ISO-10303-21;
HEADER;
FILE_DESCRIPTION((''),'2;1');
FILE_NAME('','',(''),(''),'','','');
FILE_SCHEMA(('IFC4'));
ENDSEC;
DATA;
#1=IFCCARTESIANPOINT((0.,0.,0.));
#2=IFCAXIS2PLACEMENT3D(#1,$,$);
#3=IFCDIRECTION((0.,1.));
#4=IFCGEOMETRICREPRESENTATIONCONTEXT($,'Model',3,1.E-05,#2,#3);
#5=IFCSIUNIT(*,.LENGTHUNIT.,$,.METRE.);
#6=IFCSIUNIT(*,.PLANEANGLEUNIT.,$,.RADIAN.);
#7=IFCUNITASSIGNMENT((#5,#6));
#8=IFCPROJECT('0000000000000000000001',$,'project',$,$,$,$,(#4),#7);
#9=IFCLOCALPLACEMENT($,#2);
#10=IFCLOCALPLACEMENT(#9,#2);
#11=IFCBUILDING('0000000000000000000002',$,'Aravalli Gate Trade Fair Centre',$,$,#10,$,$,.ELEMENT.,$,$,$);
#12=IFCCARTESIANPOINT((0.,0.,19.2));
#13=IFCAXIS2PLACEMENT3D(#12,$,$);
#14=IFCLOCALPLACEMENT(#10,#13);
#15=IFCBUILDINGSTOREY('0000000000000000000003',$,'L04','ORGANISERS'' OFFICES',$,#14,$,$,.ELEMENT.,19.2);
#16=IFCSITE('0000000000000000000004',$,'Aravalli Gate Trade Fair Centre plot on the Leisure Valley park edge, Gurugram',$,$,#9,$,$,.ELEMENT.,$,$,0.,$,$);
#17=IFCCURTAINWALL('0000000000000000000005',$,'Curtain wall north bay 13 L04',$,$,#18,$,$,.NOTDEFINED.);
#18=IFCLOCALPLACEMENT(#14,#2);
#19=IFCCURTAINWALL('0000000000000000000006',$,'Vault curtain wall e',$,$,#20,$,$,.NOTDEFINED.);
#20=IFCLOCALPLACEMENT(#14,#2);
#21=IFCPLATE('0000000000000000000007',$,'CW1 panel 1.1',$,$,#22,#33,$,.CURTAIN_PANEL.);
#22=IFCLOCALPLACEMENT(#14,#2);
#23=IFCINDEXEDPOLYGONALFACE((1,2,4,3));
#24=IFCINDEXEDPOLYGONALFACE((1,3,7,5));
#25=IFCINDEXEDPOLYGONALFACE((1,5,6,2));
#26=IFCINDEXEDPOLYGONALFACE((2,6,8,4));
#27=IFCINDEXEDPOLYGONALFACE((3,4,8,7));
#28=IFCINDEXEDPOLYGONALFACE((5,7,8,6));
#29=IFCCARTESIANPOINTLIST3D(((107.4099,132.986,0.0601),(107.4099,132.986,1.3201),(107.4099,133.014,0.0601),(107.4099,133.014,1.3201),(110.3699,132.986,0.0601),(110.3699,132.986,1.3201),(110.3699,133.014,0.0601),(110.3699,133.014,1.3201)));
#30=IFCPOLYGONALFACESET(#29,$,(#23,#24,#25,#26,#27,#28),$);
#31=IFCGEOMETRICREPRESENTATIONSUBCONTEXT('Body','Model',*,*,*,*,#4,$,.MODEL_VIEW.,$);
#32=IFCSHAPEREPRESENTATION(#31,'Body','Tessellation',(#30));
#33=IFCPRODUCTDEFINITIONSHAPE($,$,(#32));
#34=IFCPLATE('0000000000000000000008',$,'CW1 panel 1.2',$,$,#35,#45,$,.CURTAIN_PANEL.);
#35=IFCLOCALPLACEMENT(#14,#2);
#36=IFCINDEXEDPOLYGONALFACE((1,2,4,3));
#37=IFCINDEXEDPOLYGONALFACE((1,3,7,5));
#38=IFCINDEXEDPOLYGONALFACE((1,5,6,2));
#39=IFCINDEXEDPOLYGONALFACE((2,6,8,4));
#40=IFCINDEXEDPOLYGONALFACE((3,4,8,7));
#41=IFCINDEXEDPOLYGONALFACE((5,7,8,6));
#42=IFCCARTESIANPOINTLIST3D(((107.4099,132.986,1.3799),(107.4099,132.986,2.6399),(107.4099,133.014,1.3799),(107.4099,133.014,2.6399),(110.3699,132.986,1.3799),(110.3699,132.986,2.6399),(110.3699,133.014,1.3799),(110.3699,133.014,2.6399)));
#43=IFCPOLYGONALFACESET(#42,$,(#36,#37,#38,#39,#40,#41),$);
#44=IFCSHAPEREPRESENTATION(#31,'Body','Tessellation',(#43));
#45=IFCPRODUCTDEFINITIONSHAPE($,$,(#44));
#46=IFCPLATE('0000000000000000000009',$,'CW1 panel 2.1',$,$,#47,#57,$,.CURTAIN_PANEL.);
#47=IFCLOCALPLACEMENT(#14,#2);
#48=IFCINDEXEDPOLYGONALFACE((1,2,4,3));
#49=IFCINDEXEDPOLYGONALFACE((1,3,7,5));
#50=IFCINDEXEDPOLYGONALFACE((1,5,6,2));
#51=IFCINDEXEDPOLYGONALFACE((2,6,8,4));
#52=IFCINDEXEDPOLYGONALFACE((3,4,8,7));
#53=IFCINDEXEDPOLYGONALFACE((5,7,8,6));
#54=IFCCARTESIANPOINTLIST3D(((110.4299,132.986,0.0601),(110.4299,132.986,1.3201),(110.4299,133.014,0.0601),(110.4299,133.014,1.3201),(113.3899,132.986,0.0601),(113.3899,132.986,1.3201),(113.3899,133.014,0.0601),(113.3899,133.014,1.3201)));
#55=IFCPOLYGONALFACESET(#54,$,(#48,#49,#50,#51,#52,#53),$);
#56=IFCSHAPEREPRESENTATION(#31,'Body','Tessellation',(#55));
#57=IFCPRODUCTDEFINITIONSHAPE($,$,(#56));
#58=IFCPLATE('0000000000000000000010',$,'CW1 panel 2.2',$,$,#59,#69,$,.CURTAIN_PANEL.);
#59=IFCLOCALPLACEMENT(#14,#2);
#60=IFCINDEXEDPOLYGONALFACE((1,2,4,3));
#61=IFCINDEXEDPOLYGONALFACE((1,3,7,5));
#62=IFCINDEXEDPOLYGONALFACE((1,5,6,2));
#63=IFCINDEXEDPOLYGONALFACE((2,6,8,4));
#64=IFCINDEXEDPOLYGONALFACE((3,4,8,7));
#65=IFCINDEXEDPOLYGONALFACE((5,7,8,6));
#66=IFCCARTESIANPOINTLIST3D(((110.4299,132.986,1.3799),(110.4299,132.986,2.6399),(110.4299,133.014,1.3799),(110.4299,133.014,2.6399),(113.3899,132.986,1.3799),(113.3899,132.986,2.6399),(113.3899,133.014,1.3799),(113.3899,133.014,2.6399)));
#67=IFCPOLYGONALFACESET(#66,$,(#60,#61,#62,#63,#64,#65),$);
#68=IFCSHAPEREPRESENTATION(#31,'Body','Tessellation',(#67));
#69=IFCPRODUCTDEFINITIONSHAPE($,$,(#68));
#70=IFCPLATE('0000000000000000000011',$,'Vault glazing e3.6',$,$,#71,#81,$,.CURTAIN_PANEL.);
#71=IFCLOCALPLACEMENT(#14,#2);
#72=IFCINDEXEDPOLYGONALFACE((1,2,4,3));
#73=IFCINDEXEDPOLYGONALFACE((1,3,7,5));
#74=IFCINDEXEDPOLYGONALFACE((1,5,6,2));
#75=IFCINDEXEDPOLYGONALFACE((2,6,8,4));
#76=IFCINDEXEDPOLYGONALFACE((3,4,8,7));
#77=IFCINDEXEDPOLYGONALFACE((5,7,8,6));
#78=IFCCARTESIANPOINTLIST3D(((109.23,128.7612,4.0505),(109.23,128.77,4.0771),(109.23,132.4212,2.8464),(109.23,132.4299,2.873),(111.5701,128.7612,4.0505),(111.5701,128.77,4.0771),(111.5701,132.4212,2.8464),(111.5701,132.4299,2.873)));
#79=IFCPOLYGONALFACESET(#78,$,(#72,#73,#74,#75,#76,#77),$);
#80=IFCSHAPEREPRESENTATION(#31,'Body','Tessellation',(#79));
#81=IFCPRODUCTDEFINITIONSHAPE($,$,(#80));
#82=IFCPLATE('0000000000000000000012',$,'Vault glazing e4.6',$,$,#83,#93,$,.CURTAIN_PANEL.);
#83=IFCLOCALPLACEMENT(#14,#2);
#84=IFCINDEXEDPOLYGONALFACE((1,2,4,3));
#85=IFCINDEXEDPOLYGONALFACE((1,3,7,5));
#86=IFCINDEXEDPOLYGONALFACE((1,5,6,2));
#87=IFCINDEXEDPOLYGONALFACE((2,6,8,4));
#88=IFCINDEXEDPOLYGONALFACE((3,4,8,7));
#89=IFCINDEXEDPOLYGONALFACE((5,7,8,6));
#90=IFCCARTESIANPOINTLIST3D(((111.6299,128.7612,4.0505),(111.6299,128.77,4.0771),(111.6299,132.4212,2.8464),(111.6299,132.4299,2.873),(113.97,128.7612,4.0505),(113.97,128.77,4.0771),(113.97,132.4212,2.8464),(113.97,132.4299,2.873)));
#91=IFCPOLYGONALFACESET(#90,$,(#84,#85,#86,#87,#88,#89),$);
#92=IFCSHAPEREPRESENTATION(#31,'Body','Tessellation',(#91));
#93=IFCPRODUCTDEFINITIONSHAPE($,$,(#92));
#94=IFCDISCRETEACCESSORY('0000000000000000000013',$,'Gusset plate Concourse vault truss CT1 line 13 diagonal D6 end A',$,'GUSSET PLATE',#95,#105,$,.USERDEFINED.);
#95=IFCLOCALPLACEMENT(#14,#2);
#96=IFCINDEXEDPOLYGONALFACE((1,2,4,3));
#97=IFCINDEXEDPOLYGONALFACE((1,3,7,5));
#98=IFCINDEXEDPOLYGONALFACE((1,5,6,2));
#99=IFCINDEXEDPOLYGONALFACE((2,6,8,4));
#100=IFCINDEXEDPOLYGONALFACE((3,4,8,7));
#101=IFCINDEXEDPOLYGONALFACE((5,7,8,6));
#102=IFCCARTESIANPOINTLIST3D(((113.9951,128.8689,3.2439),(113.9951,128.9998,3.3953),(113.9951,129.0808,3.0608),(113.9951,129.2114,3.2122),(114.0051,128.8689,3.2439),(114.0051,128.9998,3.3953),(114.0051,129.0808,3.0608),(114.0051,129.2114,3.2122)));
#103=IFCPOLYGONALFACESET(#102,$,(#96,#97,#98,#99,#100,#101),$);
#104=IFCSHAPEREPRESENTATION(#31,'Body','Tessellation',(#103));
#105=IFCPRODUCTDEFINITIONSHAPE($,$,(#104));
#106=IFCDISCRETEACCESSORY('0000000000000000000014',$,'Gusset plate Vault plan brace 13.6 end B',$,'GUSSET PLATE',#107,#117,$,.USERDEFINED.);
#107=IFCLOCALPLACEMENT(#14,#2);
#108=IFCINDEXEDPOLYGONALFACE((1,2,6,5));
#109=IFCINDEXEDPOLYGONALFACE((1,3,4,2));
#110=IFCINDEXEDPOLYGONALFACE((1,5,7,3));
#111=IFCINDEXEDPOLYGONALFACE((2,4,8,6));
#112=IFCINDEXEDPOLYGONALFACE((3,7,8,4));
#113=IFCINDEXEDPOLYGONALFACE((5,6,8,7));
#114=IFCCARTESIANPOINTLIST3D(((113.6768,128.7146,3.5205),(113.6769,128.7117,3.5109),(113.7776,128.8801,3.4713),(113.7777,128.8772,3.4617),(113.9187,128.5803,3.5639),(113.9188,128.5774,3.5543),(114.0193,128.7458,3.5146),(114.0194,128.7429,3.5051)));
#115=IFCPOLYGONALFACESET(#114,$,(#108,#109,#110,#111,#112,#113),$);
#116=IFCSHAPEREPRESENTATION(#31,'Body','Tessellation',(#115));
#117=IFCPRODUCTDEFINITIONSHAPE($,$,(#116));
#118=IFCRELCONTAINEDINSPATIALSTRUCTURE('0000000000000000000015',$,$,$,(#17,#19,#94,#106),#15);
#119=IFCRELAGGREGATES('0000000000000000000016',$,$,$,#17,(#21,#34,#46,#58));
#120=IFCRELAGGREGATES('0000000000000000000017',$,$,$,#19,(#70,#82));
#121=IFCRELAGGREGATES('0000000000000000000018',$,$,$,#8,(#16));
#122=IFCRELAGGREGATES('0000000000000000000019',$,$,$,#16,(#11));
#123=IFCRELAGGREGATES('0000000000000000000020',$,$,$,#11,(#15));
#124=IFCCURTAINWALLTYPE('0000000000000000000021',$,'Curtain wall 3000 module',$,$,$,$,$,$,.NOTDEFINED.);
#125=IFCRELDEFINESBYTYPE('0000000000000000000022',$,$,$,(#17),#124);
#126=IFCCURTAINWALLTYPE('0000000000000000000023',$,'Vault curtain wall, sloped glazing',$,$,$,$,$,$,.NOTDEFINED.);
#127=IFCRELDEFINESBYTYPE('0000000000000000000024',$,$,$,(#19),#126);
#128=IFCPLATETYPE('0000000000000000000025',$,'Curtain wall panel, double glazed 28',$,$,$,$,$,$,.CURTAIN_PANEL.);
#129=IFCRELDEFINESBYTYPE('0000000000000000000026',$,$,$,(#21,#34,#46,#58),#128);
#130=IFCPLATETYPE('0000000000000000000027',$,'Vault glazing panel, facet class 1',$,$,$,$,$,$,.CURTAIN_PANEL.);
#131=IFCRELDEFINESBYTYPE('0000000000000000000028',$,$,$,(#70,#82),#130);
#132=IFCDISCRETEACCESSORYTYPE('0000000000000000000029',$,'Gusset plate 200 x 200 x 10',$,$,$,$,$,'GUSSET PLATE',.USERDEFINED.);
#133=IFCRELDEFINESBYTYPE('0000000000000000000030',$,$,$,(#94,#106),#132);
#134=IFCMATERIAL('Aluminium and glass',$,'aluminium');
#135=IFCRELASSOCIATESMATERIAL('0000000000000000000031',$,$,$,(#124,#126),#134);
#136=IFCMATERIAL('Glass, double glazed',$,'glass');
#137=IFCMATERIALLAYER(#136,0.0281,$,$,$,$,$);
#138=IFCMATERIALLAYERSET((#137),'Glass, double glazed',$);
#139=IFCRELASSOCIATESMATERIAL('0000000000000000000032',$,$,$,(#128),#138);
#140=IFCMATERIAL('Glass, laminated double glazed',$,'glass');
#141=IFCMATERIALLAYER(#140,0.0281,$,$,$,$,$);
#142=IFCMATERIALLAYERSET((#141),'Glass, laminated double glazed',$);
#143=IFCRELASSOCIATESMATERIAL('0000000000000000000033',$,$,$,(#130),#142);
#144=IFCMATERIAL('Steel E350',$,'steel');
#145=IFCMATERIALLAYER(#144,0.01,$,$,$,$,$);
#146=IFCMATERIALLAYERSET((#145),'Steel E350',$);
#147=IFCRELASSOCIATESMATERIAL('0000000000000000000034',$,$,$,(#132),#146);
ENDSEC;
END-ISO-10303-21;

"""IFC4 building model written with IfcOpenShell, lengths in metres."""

from ifc_helpers import new_model, si_unit, direction, frame, origin, origin_2d, place, context, subcontext, project, spatial, polyline, rectangle, outline, extrude, material, layer, layer_set, type_object, element, aggregate, save


model = new_model("IFC4")

# Units and contexts
model_context = context("Model", 3, precision=1e-05, world=origin(), true_north=direction((0.0, 1.0)))
body_context = subcontext(model_context, "Body", "Model", "MODEL_VIEW")
ifc_project = project(units=[si_unit("LENGTHUNIT", "METRE"), si_unit("PLANEANGLEUNIT", "RADIAN")], contexts=[model_context])

# Site, building, storey
site_placement = place(None, origin())
site = spatial("IfcSite", under=ifc_project, at=site_placement, Name="Aravalli Gate Trade Fair Centre plot on the Leisure Valley park edge, Gurugram", CompositionType="ELEMENT", RefElevation=0.0)
building_placement = place(site_placement, origin())
building = spatial("IfcBuilding", under=site, at=building_placement, Name="Aravalli Gate Trade Fair Centre", CompositionType="ELEMENT")
storey_placement = place(building_placement, frame((0.0, 0.0, 19.2)))
storey = spatial("IfcBuildingStorey", under=building, at=storey_placement, Name="L04", Description="ORGANISERS' OFFICES", CompositionType="ELEMENT", Elevation=19.2)

# Curtain wall
ifc_material_1 = material(Name="Aluminium and glass", Category="aluminium")
curtain_wall_type_1 = type_object("IfcCurtainWallType", Name="Curtain wall 3000 module", PredefinedType="NOTDEFINED", material=ifc_material_1)
curtain_wall_1_placement = place(storey_placement, origin())
curtain_wall_1 = element("IfcCurtainWall", 1, at=curtain_wall_1_placement, inside=storey, type_object=curtain_wall_type_1, Name="Curtain wall north bay 13 L04", PredefinedType="NOTDEFINED")

# Curtain wall
curtain_wall_type_2 = type_object("IfcCurtainWallType", Name="Vault curtain wall, sloped glazing", PredefinedType="NOTDEFINED", material=ifc_material_1)
curtain_wall_2_placement = place(storey_placement, origin())
curtain_wall_2 = element("IfcCurtainWall", 2, at=curtain_wall_2_placement, inside=storey, type_object=curtain_wall_type_2, Name="Vault curtain wall e", PredefinedType="NOTDEFINED")

# Plates
ifc_material_2 = material(Name="Glass, double glazed", Category="glass")
ifc_layer_1 = layer(ifc_material_2, 0.0281)
ifc_layer_set_1 = layer_set([ifc_layer_1], Name="Glass, double glazed")
plate_type_1 = type_object("IfcPlateType", Name="Curtain wall panel, double glazed 28", PredefinedType="CURTAIN_PANEL", material=ifc_layer_set_1)
plate_1_placement = place(storey_placement, frame((108.8899, 133.0, 0.0601), z_axis=(0.0, 0.0, 1.0), x_axis=(1.0, 0.0, 0.0)))
plate_1 = element("IfcPlate", 3, at=plate_1_placement, type_object=plate_type_1, Name="CW1 panel 1.1", PredefinedType="CURTAIN_PANEL", context=body_context, shape_type="SweptSolid", body=[
    extrude(rectangle(XDim=2.96, YDim=0.0281, at=origin_2d()), origin(), (0.0, 0.0, 1.0), 1.26),
])
plate_2_placement = place(storey_placement, frame((108.8899, 133.0, 1.3799), z_axis=(0.0, 0.0, 1.0), x_axis=(1.0, 0.0, 0.0)))
plate_2 = element("IfcPlate", 4, at=plate_2_placement, type_object=plate_type_1, Name="CW1 panel 1.2", PredefinedType="CURTAIN_PANEL", context=body_context, shape_type="SweptSolid", body=[
    extrude(rectangle(XDim=2.96, YDim=0.0281, at=origin_2d()), origin(), (0.0, 0.0, 1.0), 1.26),
])
plate_3_placement = place(storey_placement, frame((111.9099, 133.0, 0.0601), z_axis=(0.0, 0.0, 1.0), x_axis=(1.0, 0.0, 0.0)))
plate_3 = element("IfcPlate", 5, at=plate_3_placement, type_object=plate_type_1, Name="CW1 panel 2.1", PredefinedType="CURTAIN_PANEL", context=body_context, shape_type="SweptSolid", body=[
    extrude(rectangle(XDim=2.96, YDim=0.0281, at=origin_2d()), origin(), (0.0, 0.0, 1.0), 1.26),
])
plate_4_placement = place(storey_placement, frame((111.9099, 133.0, 1.3799), z_axis=(0.0, 0.0, 1.0), x_axis=(1.0, 0.0, 0.0)))
plate_4 = element("IfcPlate", 6, at=plate_4_placement, type_object=plate_type_1, Name="CW1 panel 2.2", PredefinedType="CURTAIN_PANEL", context=body_context, shape_type="SweptSolid", body=[
    extrude(rectangle(XDim=2.96, YDim=0.0281, at=origin_2d()), origin(), (0.0, 0.0, 1.0), 1.26),
])
aggregate(curtain_wall_1, [plate_1, plate_2, plate_3, plate_4])
ifc_material_3 = material(Name="Glass, laminated double glazed", Category="glass")
ifc_layer_2 = layer(ifc_material_3, 0.0281)
ifc_layer_set_2 = layer_set([ifc_layer_2], Name="Glass, laminated double glazed")
plate_type_2 = type_object("IfcPlateType", Name="Vault glazing panel, facet class 1", PredefinedType="CURTAIN_PANEL", material=ifc_layer_set_2)
plate_5_placement = place(storey_placement, frame((109.23, 128.77, 4.0771), z_axis=(0.0, 0.312518, 0.949912), x_axis=(1.0, 0.0, 0.0)))
plate_5 = element("IfcPlate", 7, at=plate_5_placement, type_object=plate_type_2, Name="Vault glazing e3.6", PredefinedType="CURTAIN_PANEL", context=body_context, shape_type="SweptSolid", body=[
    extrude(outline(polyline([(0.0, 0.0), (2.3401, 0.0), (2.3401, 3.8529), (0.0, 3.8529), (0.0, 0.0)])), origin(), (0.0, 0.0, -1.0), 0.0281),
])
plate_6_placement = place(storey_placement, frame((111.6299, 128.77, 4.0771), z_axis=(0.0, 0.312518, 0.949912), x_axis=(1.0, 0.0, 0.0)))
plate_6 = element("IfcPlate", 8, at=plate_6_placement, type_object=plate_type_2, Name="Vault glazing e4.6", PredefinedType="CURTAIN_PANEL", context=body_context, shape_type="SweptSolid", body=[
    extrude(outline(polyline([(0.0, 0.0), (2.3401, 0.0), (2.3401, 3.8529), (0.0, 3.8529), (0.0, 0.0)])), origin(), (0.0, 0.0, -1.0), 0.0281),
])
aggregate(curtain_wall_2, [plate_5, plate_6])

# Discrete accessories
ifc_material_4 = material(Name="Steel E350", Category="steel")
ifc_layer_3 = layer(ifc_material_4, 0.01)
ifc_layer_set_3 = layer_set([ifc_layer_3], Name="Steel E350")
discrete_accessory_type = type_object("IfcDiscreteAccessoryType", Name="Gusset plate 200 x 200 x 10", ElementType="GUSSET PLATE", PredefinedType="USERDEFINED", material=ifc_layer_set_3)
discrete_accessory_1_placement = place(storey_placement, frame((113.9951, 129.0808, 3.0608), z_axis=(-1.0, 0.0, 0.0), x_axis=(0.0, -0.756666, 0.653801)))
element("IfcDiscreteAccessory", 9, at=discrete_accessory_1_placement, inside=storey, type_object=discrete_accessory_type, Name="Gusset plate Concourse vault truss CT1 line 13 diagonal D6 end A", ObjectType="GUSSET PLATE", PredefinedType="USERDEFINED", context=body_context, shape_type="SweptSolid", body=[
    extrude(outline(polyline([(0.0, 0.0), (0.2801, 0.0), (0.28, 0.2001), (0.0001, 0.1999), (0.0, 0.0)])), origin(), (0.0, 0.0, -1.0), 0.01),
])
discrete_accessory_2_placement = place(storey_placement, frame((113.6768, 128.7146, 3.5205), z_axis=(-0.010139, 0.290531, 0.956812), x_axis=(0.863782, -0.479512, 0.154754)))
element("IfcDiscreteAccessory", 10, at=discrete_accessory_2_placement, inside=storey, type_object=discrete_accessory_type, Name="Gusset plate Vault plan brace 13.6 end B", ObjectType="GUSSET PLATE", PredefinedType="USERDEFINED", context=body_context, shape_type="SweptSolid", body=[
    extrude(outline(polyline([(0.0, 0.0), (0.2801, 0.0), (0.28, 0.1999), (0.0001, 0.1999), (0.0, 0.0)])), origin(), (0.0, 0.0, -1.0), 0.01),
])

save(model, "model.ifc")
